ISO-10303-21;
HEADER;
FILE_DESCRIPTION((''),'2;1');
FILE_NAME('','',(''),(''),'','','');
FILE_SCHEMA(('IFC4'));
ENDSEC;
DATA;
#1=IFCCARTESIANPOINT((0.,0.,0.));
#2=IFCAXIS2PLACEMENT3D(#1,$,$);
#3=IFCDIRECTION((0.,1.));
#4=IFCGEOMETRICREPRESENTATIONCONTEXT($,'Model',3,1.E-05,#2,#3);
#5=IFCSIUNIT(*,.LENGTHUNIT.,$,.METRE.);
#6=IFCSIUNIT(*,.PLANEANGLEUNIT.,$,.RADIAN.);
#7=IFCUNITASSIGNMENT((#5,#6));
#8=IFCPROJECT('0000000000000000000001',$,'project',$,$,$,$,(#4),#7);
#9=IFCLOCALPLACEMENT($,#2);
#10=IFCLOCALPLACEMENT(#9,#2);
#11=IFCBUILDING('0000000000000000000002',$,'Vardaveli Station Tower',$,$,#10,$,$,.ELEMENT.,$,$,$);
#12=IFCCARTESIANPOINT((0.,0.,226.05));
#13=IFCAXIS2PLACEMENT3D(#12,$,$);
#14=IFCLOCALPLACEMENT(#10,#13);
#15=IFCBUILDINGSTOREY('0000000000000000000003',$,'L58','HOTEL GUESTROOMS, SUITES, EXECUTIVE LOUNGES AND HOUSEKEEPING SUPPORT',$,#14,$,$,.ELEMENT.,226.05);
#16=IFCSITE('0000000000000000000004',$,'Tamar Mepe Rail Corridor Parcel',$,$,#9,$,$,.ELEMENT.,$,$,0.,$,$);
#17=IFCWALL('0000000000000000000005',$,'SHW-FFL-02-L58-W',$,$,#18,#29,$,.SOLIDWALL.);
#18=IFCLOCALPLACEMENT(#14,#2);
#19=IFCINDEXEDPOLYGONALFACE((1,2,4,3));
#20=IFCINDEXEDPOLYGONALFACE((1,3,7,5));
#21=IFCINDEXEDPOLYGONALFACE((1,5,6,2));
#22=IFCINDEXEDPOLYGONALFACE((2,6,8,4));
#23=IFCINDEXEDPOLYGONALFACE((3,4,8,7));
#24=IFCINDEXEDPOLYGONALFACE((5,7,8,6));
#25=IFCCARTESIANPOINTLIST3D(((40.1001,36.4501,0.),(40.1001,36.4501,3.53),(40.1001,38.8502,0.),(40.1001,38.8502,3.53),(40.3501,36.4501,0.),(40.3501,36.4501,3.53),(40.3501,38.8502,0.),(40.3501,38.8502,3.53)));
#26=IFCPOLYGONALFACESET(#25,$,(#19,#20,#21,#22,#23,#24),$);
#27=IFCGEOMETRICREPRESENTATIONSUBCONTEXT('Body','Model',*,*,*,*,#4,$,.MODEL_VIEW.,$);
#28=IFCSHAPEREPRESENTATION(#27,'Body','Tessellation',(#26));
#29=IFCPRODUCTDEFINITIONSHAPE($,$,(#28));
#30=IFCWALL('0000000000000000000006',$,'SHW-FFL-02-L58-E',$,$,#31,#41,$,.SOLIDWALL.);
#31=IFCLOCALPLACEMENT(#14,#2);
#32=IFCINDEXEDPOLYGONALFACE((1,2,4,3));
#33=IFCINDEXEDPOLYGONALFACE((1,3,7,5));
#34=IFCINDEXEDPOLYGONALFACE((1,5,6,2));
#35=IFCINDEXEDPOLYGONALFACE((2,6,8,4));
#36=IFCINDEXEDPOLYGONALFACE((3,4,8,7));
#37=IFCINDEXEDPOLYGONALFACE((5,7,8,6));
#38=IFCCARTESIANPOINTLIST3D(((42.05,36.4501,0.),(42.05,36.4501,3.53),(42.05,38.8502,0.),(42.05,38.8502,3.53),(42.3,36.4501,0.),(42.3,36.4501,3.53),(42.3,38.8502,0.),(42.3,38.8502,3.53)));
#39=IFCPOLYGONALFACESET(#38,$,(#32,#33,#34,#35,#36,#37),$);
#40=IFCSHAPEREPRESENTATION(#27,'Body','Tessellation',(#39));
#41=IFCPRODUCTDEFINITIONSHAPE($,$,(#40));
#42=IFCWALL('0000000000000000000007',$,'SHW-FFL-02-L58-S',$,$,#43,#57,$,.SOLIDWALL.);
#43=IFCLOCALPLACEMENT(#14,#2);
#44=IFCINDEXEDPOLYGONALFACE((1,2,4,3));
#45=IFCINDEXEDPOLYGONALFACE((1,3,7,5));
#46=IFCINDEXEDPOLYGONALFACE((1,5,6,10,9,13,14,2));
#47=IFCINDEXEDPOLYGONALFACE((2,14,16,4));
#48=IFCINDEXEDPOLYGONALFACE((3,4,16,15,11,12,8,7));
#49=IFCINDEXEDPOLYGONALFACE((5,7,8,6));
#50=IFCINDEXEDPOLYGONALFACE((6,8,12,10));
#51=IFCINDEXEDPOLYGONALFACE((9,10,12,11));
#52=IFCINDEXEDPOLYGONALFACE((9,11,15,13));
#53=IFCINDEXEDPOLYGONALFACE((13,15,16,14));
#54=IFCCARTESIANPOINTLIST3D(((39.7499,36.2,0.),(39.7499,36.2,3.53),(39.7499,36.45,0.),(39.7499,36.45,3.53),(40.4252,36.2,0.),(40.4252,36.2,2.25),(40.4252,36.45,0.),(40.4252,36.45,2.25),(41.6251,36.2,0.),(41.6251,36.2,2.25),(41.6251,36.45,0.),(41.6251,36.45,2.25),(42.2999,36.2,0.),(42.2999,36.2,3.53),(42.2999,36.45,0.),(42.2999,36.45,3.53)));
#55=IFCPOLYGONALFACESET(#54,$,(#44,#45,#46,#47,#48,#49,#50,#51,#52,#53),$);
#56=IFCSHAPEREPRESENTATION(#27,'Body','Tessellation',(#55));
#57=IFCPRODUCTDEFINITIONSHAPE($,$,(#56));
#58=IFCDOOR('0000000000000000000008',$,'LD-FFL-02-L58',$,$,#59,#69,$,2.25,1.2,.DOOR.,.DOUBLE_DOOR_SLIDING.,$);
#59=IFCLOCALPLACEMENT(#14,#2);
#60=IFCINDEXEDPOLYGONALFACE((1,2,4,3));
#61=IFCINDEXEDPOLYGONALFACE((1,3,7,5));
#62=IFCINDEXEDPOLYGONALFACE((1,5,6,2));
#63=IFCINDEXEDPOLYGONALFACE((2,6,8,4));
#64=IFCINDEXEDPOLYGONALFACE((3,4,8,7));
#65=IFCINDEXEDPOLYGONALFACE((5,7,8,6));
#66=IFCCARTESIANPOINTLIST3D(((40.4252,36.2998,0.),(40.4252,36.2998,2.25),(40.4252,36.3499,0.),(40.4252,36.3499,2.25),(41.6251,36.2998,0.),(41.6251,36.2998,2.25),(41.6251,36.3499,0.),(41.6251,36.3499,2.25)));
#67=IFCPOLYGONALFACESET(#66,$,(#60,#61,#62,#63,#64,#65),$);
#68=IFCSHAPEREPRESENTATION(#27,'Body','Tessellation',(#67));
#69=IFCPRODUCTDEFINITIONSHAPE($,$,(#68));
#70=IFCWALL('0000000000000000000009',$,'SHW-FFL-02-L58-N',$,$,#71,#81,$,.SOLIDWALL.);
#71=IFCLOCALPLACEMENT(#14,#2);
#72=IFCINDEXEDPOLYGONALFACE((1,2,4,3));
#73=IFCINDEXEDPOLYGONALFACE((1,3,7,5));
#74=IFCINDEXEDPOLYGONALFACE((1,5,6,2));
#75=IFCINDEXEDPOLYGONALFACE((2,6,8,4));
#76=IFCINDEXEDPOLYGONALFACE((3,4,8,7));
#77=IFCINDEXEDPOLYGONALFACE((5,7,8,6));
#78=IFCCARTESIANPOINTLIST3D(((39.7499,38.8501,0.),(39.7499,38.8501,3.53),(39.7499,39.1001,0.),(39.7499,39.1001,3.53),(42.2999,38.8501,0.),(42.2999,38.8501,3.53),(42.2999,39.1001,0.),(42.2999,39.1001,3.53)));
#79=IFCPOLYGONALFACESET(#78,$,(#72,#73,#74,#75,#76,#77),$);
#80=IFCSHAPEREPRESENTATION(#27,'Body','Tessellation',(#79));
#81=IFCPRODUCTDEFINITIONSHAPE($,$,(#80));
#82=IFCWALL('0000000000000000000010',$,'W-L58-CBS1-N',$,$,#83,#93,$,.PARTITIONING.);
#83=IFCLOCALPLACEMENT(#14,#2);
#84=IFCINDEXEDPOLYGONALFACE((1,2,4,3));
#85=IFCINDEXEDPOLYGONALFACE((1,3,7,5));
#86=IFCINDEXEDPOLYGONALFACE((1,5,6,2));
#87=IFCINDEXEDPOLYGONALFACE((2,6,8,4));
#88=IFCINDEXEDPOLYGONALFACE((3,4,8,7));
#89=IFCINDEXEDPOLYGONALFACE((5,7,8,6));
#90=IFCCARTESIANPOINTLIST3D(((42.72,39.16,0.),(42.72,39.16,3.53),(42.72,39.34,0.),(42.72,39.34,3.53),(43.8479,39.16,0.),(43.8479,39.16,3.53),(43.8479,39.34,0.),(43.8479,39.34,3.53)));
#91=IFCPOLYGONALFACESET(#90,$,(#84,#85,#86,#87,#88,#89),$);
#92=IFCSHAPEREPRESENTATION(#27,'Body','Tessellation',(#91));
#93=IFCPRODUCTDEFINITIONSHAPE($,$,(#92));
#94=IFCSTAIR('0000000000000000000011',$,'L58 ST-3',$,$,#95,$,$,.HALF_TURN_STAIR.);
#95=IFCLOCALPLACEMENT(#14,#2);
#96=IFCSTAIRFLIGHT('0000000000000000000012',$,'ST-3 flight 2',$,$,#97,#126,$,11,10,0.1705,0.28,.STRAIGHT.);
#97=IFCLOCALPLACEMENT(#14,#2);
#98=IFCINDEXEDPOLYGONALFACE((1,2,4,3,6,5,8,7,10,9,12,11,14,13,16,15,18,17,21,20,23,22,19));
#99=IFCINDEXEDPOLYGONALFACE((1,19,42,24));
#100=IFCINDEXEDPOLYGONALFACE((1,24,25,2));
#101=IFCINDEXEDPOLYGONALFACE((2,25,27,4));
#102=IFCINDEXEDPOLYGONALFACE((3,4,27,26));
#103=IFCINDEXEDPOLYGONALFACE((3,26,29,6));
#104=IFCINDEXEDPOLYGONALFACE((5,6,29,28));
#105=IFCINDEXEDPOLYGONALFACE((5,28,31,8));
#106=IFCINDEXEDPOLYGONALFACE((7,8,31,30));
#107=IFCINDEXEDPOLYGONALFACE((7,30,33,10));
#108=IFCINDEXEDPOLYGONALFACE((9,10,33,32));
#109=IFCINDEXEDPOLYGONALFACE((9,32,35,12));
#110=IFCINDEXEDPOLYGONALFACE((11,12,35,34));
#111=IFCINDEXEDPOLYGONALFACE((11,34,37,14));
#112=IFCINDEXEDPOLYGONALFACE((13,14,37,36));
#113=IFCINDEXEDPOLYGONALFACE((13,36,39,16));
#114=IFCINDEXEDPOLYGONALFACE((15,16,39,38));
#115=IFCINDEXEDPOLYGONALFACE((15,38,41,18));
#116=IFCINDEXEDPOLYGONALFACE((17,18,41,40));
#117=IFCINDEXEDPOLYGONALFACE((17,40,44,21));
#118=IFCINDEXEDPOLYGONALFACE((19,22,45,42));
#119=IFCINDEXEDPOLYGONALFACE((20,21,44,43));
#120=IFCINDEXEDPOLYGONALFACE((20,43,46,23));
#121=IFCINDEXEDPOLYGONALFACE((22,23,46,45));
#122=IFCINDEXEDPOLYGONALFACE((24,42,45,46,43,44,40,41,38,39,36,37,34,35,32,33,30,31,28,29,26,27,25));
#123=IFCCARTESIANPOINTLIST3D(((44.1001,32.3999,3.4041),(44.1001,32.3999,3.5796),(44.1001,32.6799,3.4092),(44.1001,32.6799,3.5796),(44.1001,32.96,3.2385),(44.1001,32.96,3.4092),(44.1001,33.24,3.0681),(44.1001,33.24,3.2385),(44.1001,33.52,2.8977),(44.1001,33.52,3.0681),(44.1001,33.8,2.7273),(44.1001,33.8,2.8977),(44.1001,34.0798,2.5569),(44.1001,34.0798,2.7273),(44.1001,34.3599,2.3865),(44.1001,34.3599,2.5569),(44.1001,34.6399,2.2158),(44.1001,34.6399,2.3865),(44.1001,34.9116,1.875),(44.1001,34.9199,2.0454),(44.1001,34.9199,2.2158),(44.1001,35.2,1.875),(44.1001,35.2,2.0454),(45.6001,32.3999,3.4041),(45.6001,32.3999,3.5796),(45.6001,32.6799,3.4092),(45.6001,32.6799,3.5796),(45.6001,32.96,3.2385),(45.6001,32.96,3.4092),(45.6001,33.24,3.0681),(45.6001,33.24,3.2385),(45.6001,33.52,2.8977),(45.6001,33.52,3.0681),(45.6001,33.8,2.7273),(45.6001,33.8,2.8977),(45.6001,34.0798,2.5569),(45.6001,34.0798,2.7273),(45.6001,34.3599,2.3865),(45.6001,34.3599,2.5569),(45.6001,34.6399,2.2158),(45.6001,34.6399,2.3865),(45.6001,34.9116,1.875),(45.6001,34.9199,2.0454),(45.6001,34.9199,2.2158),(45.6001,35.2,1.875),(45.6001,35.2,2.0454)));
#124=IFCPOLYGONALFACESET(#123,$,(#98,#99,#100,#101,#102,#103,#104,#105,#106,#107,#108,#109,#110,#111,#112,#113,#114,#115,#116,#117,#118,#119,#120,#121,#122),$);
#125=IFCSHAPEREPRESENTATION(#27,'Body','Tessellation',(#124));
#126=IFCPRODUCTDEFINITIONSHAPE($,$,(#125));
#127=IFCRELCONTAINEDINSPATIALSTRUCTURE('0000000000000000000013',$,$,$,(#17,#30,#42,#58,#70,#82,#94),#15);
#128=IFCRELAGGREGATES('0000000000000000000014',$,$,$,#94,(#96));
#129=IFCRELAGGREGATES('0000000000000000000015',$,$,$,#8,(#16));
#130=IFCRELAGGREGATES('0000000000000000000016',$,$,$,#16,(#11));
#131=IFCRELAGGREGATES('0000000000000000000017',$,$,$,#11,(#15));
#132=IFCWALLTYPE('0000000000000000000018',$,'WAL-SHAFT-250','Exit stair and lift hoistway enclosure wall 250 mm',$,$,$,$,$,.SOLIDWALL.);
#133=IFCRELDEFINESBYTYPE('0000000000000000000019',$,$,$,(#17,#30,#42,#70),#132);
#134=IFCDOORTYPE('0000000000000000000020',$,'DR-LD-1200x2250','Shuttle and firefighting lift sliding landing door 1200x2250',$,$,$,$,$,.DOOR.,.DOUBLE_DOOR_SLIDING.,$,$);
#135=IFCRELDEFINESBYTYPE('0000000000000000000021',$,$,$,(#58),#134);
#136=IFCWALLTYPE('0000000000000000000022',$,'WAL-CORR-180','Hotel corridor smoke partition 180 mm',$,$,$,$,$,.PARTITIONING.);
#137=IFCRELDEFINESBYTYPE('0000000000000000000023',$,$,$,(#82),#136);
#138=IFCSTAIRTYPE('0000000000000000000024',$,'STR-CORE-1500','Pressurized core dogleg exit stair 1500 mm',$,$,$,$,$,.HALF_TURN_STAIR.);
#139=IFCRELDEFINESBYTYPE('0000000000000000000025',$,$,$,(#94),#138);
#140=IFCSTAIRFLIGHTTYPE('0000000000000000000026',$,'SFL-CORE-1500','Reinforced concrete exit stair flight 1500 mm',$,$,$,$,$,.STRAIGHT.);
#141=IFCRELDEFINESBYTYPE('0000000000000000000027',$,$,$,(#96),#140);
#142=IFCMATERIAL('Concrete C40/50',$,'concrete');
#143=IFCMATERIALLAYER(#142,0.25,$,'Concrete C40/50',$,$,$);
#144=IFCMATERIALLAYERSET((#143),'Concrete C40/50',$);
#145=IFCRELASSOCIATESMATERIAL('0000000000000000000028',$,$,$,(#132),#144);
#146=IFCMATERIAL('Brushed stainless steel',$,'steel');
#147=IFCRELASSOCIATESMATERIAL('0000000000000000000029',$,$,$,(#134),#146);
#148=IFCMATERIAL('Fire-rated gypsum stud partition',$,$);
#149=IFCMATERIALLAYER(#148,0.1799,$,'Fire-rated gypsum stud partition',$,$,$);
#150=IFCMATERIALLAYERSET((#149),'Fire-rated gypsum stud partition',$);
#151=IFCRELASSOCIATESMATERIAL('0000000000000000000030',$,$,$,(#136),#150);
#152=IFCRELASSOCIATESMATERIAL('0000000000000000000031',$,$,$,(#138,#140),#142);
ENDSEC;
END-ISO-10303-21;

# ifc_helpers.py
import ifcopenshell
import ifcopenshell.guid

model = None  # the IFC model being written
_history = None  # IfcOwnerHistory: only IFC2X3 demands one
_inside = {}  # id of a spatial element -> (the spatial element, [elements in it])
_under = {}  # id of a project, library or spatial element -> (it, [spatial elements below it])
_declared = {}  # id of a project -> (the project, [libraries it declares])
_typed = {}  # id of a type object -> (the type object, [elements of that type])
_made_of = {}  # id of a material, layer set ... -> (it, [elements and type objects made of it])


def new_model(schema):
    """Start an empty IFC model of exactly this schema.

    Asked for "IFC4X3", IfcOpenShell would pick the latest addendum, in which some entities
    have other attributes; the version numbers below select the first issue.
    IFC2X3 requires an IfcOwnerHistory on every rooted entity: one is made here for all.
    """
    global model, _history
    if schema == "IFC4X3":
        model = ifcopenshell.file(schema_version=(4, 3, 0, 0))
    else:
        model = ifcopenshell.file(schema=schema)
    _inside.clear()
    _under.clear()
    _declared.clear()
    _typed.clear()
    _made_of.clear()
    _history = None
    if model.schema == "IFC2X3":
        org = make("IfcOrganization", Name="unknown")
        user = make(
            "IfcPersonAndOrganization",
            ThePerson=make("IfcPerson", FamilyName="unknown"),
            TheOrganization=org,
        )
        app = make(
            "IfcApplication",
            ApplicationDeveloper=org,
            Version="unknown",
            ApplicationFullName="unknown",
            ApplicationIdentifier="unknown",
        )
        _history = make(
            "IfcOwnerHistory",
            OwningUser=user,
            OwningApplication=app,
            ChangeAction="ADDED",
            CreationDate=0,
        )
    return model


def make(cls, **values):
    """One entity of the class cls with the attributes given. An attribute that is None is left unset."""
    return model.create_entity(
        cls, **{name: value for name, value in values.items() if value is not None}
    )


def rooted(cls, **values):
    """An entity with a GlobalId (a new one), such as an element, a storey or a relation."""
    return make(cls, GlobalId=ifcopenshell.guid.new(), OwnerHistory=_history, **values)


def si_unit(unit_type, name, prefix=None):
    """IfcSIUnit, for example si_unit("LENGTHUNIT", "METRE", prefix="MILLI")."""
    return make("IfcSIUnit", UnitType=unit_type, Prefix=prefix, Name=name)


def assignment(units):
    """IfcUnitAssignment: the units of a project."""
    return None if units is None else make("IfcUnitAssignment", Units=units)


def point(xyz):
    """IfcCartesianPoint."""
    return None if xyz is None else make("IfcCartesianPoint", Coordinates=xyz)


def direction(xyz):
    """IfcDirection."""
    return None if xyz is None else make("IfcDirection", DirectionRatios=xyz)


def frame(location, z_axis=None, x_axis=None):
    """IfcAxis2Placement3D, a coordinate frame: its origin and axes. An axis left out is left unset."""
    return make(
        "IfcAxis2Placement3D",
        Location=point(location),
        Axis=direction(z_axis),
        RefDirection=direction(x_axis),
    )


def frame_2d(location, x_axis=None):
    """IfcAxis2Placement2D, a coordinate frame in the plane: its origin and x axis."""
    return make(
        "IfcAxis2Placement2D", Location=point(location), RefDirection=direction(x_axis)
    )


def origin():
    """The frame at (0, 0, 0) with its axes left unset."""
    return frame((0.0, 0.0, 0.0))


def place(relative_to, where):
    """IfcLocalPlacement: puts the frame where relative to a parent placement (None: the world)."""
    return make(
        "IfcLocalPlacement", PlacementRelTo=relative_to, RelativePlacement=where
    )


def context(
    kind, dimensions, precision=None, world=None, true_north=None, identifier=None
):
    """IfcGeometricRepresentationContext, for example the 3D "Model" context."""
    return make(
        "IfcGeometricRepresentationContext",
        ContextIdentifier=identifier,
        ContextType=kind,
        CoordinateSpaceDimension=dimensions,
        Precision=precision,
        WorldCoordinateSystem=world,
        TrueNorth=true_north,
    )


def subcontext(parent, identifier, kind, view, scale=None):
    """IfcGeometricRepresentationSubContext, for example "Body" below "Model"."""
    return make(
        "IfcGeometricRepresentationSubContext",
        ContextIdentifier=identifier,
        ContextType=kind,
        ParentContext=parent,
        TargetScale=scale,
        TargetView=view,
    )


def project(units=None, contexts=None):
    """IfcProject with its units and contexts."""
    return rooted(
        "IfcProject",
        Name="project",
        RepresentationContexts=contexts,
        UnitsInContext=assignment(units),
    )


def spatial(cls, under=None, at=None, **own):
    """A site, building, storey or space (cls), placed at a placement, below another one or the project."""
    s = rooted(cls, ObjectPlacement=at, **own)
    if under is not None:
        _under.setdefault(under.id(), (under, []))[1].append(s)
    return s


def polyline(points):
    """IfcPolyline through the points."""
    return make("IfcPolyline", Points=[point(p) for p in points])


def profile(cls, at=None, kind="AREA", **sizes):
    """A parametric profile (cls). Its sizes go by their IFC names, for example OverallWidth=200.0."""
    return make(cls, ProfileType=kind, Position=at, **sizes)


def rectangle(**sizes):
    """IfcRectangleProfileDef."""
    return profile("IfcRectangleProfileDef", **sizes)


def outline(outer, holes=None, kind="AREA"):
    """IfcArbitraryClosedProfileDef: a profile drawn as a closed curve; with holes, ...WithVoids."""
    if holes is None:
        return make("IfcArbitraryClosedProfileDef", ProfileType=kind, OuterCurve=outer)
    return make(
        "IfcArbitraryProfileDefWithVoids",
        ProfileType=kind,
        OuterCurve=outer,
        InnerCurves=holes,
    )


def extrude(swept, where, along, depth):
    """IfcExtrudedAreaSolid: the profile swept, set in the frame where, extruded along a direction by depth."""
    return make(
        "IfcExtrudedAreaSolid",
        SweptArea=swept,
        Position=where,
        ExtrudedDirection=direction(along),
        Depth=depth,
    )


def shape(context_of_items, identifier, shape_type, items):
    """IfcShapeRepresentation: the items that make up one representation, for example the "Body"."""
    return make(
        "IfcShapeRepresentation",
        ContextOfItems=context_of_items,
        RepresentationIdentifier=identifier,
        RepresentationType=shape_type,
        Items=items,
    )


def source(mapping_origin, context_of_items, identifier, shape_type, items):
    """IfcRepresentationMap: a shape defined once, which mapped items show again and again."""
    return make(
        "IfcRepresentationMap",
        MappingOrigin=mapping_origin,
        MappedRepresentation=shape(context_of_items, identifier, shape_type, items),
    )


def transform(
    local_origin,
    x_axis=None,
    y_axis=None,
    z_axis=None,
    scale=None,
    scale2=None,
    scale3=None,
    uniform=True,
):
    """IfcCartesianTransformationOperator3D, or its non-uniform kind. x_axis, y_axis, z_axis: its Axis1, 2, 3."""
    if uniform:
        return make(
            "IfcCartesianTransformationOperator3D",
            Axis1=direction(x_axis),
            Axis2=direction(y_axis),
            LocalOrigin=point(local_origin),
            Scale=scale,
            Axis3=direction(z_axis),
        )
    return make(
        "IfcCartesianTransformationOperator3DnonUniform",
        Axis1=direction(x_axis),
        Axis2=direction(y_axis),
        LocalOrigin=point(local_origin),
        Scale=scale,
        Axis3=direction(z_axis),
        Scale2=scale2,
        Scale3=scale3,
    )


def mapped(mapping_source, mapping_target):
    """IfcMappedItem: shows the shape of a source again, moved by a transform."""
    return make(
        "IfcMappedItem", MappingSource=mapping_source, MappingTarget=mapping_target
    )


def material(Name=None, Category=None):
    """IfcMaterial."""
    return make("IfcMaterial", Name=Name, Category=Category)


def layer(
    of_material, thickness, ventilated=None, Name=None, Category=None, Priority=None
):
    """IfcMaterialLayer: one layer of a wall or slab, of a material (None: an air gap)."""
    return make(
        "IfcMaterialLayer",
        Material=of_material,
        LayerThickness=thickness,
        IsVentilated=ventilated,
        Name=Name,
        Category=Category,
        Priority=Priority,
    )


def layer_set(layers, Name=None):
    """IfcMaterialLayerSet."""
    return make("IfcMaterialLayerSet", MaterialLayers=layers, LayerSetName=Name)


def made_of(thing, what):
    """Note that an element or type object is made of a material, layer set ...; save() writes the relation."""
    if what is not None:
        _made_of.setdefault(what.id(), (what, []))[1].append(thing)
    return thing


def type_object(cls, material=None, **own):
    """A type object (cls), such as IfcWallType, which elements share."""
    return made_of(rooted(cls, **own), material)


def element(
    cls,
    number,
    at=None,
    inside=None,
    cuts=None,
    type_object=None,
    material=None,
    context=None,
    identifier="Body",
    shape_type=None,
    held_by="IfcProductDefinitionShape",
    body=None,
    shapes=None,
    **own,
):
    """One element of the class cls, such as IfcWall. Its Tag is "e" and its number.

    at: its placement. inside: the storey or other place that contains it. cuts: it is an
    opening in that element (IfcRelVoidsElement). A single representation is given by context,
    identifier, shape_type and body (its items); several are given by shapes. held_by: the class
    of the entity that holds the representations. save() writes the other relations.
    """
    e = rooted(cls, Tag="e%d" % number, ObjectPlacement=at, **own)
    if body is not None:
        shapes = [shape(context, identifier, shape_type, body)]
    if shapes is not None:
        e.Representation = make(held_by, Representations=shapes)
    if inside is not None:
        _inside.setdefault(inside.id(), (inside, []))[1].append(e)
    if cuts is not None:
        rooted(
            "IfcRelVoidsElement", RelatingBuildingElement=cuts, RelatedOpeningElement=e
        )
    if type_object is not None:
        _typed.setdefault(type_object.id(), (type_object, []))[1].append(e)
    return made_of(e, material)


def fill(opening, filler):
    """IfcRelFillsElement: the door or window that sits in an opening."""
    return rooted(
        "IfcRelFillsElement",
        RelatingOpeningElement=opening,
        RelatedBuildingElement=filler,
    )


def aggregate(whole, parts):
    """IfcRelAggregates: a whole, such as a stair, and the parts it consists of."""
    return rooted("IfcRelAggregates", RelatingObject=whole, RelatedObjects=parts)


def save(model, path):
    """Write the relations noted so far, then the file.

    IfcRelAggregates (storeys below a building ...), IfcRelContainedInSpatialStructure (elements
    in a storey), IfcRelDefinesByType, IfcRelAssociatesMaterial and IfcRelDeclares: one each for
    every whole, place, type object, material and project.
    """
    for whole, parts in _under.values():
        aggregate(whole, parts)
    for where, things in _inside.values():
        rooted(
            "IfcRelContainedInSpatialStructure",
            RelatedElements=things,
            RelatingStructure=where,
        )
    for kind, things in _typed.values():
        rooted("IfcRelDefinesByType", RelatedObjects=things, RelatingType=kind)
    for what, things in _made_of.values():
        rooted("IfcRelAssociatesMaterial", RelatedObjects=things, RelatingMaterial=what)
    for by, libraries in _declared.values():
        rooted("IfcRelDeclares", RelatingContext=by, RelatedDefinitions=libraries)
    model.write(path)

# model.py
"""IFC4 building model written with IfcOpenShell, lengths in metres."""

from ifc_helpers import new_model, si_unit, direction, frame, frame_2d, origin, place, context, subcontext, project, spatial, polyline, rectangle, outline, extrude, source, transform, mapped, material, layer, layer_set, type_object, element, fill, aggregate, save


model = new_model("IFC4")

# Units and contexts
model_context = context("Model", 3, precision=1e-05, world=origin(), true_north=direction((0.0, 1.0)))
body_context = subcontext(model_context, "Body", "Model", "MODEL_VIEW")
ifc_project = project(units=[si_unit("LENGTHUNIT", "METRE"), si_unit("PLANEANGLEUNIT", "RADIAN")], contexts=[model_context])

# Site, building, storey
site_placement = place(None, origin())
site = spatial("IfcSite", under=ifc_project, at=site_placement, Name="Tamar Mepe Rail Corridor Parcel", CompositionType="ELEMENT", RefElevation=0.0)
building_placement = place(site_placement, origin())
building = spatial("IfcBuilding", under=site, at=building_placement, Name="Vardaveli Station Tower", CompositionType="ELEMENT")
storey_placement = place(building_placement, frame((0.0, 0.0, 226.05)))
storey = spatial("IfcBuildingStorey", under=building, at=storey_placement, Name="L58", Description="HOTEL GUESTROOMS, SUITES, EXECUTIVE LOUNGES AND HOUSEKEEPING SUPPORT", CompositionType="ELEMENT", Elevation=226.05)

# Walls
ifc_material_1 = material(Name="Concrete C40/50", Category="concrete")
ifc_layer_1 = layer(ifc_material_1, 0.25, Name="Concrete C40/50")
ifc_layer_set_1 = layer_set([ifc_layer_1], Name="Concrete C40/50")
wall_type_1 = type_object("IfcWallType", Name="WAL-SHAFT-250", Description="Exit stair and lift hoistway enclosure wall 250 mm", PredefinedType="SOLIDWALL", material=ifc_layer_set_1)
shared_shape_1 = source(origin(), body_context, "Body", "SweptSolid", [
    extrude(rectangle(XDim=2.4001, YDim=0.25, at=frame_2d((1.2002, 0.0))), origin(), (0.0, 0.0, 1.0), 3.53),
])
for number, where, z_axis, x_axis, name in (
    (1, (40.2251, 36.45, 0.0), (0.0, 0.0, 1.0), (0.0, 1.0, 0.0), "SHW-FFL-02-L58-W"),
    (2, (42.175, 36.45, 0.0), (0.0, 0.0, 1.0), (0.0, 1.0, 0.0), "SHW-FFL-02-L58-E"),
):
    element("IfcWall", number, at=place(storey_placement, frame(where, z_axis=z_axis, x_axis=x_axis)), inside=storey, type_object=wall_type_1, Name=name, PredefinedType="SOLIDWALL", context=body_context, shape_type="MappedRepresentation", body=[
        mapped(shared_shape_1, transform((0.0, 0.0, 0.0), scale=1.0)),
    ])

# Wall, opening, door
shared_shape_2 = source(origin(), body_context, "Body", "SweptSolid", [
    extrude(rectangle(XDim=2.55, YDim=0.25, at=frame_2d((1.2749, 0.0))), origin(), (0.0, 0.0, 1.0), 3.53),
])
wall_1_placement = place(storey_placement, frame((39.75, 36.325, 0.0), z_axis=(0.0, 0.0, 1.0), x_axis=(1.0, 0.0, 0.0)))
wall_1 = element("IfcWall", 3, at=wall_1_placement, inside=storey, type_object=wall_type_1, Name="SHW-FFL-02-L58-S", PredefinedType="SOLIDWALL", context=body_context, shape_type="MappedRepresentation", body=[
    mapped(shared_shape_2, transform((0.0, 0.0, 0.0), scale=1.0)),
])
shared_shape_3 = source(origin(), body_context, "Body", "SweptSolid", [
    extrude(rectangle(XDim=1.2, YDim=2.25, at=frame_2d((0.6001, 1.125))), frame((0.0, 0.135, 0.0), z_axis=(0.0, -1.0, 0.0), x_axis=(1.0, 0.0, 0.0)), (0.0, 0.0, 1.0), 0.27),
])
opening_placement = place(wall_1_placement, frame((0.675, 0.0, 0.0)))
opening = element("IfcOpeningElement", 4, at=opening_placement, cuts=wall_1, PredefinedType="OPENING", context=body_context, shape_type="MappedRepresentation", body=[
    mapped(shared_shape_3, transform((0.0, 0.0, 0.0), scale=1.0)),
])
ifc_material_2 = material(Name="Brushed stainless steel", Category="steel")
door_type = type_object("IfcDoorType", Name="DR-LD-1200x2250", Description="Shuttle and firefighting lift sliding landing door 1200x2250", OperationType="DOUBLE_DOOR_SLIDING", PredefinedType="DOOR", material=ifc_material_2)
shared_shape_4 = source(origin(), body_context, "Body", "SweptSolid", [
    extrude(rectangle(XDim=1.2, YDim=2.25, at=frame_2d((0.6001, 1.125))), frame((0.0, 0.0249, 0.0), z_axis=(0.0, -1.0, 0.0), x_axis=(1.0, 0.0, 0.0)), (0.0, 0.0, 1.0), 0.05),
])
door_placement = place(opening_placement, origin())
door = element("IfcDoor", 5, at=door_placement, inside=storey, type_object=door_type, Name="LD-FFL-02-L58", OperationType="DOUBLE_DOOR_SLIDING", OverallHeight=2.25, OverallWidth=1.2, PredefinedType="DOOR", context=body_context, shape_type="MappedRepresentation", body=[
    mapped(shared_shape_4, transform((0.0, 0.0, 0.0), scale=1.0)),
])
fill(opening, door)

# Walls
wall_2_placement = place(storey_placement, frame((39.75, 38.9751, 0.0), z_axis=(0.0, 0.0, 1.0), x_axis=(1.0, 0.0, 0.0)))
element("IfcWall", 6, at=wall_2_placement, inside=storey, type_object=wall_type_1, Name="SHW-FFL-02-L58-N", PredefinedType="SOLIDWALL", context=body_context, shape_type="MappedRepresentation", body=[
    mapped(shared_shape_2, transform((0.0, 0.0, 0.0), scale=1.0)),
])
ifc_material_3 = material(Name="Fire-rated gypsum stud partition")
ifc_layer_2 = layer(ifc_material_3, 0.1799, Name="Fire-rated gypsum stud partition")
ifc_layer_set_2 = layer_set([ifc_layer_2], Name="Fire-rated gypsum stud partition")
wall_type_2 = type_object("IfcWallType", Name="WAL-CORR-180", Description="Hotel corridor smoke partition 180 mm", PredefinedType="PARTITIONING", material=ifc_layer_set_2)
shared_shape_5 = source(origin(), body_context, "Body", "SweptSolid", [
    extrude(rectangle(XDim=1.1279, YDim=0.1799, at=frame_2d((0.564, 0.0))), origin(), (0.0, 0.0, 1.0), 3.53),
])
wall_3_placement = place(storey_placement, frame((42.72, 39.25, 0.0), z_axis=(0.0, 0.0, 1.0), x_axis=(1.0, 0.0, 0.0)))
element("IfcWall", 7, at=wall_3_placement, inside=storey, type_object=wall_type_2, Name="W-L58-CBS1-N", PredefinedType="PARTITIONING", context=body_context, shape_type="MappedRepresentation", body=[
    mapped(shared_shape_5, transform((0.0, 0.0, 0.0), scale=1.0)),
])

# Stair, stair flight
stair_type = type_object("IfcStairType", Name="STR-CORE-1500", Description="Pressurized core dogleg exit stair 1500 mm", PredefinedType="HALF_TURN_STAIR", material=ifc_material_1)
stair_placement = place(storey_placement, origin())
stair = element("IfcStair", 8, at=stair_placement, inside=storey, type_object=stair_type, Name="L58 ST-3", PredefinedType="HALF_TURN_STAIR")
stair_flight_type = type_object("IfcStairFlightType", Name="SFL-CORE-1500", Description="Reinforced concrete exit stair flight 1500 mm", PredefinedType="STRAIGHT", material=ifc_material_1)
shared_shape_6 = source(origin(), body_context, "Body", "SweptSolid", [
    extrude(outline(polyline([(0.0, 0.0), (0.0, 0.1704), (0.28, 0.1704), (0.28, 0.3408), (0.5601, 0.3408), (0.5601, 0.5115), (0.8401, 0.5115), (0.8401, 0.6819), (1.1201, 0.6819), (1.1201, 0.8523), (1.3999, 0.8523), (1.3999, 1.0227), (1.6799, 1.0227), (1.6799, 1.1931), (1.96, 1.1931), (1.96, 1.3635), (2.24, 1.3635), (2.24, 1.5342), (2.52, 1.5342), (2.52, 1.7046), (2.8, 1.7046), (2.8, 1.875), (2.8, 1.5291), (0.2883, 0.0), (0.0, 0.0)])), frame((0.0, 0.75, 0.0), z_axis=(0.0, -1.0, 0.0), x_axis=(1.0, 0.0, 0.0)), (0.0, 0.0, 1.0), 1.5),
])
stair_flight_placement = place(storey_placement, frame((44.8501, 35.2, 1.875), z_axis=(0.0, 0.0, 1.0), x_axis=(0.0, -1.0, 0.0)))
stair_flight = element("IfcStairFlight", 9, at=stair_flight_placement, type_object=stair_flight_type, Name="ST-3 flight 2", NumberOfRisers=11, NumberOfTreads=10, PredefinedType="STRAIGHT", RiserHeight=0.1705, TreadLength=0.28, context=body_context, shape_type="MappedRepresentation", body=[
    mapped(shared_shape_6, transform((0.0, 0.0, 0.0), scale=1.0)),
])
aggregate(stair, [stair_flight])

save(model, "model.ifc")
